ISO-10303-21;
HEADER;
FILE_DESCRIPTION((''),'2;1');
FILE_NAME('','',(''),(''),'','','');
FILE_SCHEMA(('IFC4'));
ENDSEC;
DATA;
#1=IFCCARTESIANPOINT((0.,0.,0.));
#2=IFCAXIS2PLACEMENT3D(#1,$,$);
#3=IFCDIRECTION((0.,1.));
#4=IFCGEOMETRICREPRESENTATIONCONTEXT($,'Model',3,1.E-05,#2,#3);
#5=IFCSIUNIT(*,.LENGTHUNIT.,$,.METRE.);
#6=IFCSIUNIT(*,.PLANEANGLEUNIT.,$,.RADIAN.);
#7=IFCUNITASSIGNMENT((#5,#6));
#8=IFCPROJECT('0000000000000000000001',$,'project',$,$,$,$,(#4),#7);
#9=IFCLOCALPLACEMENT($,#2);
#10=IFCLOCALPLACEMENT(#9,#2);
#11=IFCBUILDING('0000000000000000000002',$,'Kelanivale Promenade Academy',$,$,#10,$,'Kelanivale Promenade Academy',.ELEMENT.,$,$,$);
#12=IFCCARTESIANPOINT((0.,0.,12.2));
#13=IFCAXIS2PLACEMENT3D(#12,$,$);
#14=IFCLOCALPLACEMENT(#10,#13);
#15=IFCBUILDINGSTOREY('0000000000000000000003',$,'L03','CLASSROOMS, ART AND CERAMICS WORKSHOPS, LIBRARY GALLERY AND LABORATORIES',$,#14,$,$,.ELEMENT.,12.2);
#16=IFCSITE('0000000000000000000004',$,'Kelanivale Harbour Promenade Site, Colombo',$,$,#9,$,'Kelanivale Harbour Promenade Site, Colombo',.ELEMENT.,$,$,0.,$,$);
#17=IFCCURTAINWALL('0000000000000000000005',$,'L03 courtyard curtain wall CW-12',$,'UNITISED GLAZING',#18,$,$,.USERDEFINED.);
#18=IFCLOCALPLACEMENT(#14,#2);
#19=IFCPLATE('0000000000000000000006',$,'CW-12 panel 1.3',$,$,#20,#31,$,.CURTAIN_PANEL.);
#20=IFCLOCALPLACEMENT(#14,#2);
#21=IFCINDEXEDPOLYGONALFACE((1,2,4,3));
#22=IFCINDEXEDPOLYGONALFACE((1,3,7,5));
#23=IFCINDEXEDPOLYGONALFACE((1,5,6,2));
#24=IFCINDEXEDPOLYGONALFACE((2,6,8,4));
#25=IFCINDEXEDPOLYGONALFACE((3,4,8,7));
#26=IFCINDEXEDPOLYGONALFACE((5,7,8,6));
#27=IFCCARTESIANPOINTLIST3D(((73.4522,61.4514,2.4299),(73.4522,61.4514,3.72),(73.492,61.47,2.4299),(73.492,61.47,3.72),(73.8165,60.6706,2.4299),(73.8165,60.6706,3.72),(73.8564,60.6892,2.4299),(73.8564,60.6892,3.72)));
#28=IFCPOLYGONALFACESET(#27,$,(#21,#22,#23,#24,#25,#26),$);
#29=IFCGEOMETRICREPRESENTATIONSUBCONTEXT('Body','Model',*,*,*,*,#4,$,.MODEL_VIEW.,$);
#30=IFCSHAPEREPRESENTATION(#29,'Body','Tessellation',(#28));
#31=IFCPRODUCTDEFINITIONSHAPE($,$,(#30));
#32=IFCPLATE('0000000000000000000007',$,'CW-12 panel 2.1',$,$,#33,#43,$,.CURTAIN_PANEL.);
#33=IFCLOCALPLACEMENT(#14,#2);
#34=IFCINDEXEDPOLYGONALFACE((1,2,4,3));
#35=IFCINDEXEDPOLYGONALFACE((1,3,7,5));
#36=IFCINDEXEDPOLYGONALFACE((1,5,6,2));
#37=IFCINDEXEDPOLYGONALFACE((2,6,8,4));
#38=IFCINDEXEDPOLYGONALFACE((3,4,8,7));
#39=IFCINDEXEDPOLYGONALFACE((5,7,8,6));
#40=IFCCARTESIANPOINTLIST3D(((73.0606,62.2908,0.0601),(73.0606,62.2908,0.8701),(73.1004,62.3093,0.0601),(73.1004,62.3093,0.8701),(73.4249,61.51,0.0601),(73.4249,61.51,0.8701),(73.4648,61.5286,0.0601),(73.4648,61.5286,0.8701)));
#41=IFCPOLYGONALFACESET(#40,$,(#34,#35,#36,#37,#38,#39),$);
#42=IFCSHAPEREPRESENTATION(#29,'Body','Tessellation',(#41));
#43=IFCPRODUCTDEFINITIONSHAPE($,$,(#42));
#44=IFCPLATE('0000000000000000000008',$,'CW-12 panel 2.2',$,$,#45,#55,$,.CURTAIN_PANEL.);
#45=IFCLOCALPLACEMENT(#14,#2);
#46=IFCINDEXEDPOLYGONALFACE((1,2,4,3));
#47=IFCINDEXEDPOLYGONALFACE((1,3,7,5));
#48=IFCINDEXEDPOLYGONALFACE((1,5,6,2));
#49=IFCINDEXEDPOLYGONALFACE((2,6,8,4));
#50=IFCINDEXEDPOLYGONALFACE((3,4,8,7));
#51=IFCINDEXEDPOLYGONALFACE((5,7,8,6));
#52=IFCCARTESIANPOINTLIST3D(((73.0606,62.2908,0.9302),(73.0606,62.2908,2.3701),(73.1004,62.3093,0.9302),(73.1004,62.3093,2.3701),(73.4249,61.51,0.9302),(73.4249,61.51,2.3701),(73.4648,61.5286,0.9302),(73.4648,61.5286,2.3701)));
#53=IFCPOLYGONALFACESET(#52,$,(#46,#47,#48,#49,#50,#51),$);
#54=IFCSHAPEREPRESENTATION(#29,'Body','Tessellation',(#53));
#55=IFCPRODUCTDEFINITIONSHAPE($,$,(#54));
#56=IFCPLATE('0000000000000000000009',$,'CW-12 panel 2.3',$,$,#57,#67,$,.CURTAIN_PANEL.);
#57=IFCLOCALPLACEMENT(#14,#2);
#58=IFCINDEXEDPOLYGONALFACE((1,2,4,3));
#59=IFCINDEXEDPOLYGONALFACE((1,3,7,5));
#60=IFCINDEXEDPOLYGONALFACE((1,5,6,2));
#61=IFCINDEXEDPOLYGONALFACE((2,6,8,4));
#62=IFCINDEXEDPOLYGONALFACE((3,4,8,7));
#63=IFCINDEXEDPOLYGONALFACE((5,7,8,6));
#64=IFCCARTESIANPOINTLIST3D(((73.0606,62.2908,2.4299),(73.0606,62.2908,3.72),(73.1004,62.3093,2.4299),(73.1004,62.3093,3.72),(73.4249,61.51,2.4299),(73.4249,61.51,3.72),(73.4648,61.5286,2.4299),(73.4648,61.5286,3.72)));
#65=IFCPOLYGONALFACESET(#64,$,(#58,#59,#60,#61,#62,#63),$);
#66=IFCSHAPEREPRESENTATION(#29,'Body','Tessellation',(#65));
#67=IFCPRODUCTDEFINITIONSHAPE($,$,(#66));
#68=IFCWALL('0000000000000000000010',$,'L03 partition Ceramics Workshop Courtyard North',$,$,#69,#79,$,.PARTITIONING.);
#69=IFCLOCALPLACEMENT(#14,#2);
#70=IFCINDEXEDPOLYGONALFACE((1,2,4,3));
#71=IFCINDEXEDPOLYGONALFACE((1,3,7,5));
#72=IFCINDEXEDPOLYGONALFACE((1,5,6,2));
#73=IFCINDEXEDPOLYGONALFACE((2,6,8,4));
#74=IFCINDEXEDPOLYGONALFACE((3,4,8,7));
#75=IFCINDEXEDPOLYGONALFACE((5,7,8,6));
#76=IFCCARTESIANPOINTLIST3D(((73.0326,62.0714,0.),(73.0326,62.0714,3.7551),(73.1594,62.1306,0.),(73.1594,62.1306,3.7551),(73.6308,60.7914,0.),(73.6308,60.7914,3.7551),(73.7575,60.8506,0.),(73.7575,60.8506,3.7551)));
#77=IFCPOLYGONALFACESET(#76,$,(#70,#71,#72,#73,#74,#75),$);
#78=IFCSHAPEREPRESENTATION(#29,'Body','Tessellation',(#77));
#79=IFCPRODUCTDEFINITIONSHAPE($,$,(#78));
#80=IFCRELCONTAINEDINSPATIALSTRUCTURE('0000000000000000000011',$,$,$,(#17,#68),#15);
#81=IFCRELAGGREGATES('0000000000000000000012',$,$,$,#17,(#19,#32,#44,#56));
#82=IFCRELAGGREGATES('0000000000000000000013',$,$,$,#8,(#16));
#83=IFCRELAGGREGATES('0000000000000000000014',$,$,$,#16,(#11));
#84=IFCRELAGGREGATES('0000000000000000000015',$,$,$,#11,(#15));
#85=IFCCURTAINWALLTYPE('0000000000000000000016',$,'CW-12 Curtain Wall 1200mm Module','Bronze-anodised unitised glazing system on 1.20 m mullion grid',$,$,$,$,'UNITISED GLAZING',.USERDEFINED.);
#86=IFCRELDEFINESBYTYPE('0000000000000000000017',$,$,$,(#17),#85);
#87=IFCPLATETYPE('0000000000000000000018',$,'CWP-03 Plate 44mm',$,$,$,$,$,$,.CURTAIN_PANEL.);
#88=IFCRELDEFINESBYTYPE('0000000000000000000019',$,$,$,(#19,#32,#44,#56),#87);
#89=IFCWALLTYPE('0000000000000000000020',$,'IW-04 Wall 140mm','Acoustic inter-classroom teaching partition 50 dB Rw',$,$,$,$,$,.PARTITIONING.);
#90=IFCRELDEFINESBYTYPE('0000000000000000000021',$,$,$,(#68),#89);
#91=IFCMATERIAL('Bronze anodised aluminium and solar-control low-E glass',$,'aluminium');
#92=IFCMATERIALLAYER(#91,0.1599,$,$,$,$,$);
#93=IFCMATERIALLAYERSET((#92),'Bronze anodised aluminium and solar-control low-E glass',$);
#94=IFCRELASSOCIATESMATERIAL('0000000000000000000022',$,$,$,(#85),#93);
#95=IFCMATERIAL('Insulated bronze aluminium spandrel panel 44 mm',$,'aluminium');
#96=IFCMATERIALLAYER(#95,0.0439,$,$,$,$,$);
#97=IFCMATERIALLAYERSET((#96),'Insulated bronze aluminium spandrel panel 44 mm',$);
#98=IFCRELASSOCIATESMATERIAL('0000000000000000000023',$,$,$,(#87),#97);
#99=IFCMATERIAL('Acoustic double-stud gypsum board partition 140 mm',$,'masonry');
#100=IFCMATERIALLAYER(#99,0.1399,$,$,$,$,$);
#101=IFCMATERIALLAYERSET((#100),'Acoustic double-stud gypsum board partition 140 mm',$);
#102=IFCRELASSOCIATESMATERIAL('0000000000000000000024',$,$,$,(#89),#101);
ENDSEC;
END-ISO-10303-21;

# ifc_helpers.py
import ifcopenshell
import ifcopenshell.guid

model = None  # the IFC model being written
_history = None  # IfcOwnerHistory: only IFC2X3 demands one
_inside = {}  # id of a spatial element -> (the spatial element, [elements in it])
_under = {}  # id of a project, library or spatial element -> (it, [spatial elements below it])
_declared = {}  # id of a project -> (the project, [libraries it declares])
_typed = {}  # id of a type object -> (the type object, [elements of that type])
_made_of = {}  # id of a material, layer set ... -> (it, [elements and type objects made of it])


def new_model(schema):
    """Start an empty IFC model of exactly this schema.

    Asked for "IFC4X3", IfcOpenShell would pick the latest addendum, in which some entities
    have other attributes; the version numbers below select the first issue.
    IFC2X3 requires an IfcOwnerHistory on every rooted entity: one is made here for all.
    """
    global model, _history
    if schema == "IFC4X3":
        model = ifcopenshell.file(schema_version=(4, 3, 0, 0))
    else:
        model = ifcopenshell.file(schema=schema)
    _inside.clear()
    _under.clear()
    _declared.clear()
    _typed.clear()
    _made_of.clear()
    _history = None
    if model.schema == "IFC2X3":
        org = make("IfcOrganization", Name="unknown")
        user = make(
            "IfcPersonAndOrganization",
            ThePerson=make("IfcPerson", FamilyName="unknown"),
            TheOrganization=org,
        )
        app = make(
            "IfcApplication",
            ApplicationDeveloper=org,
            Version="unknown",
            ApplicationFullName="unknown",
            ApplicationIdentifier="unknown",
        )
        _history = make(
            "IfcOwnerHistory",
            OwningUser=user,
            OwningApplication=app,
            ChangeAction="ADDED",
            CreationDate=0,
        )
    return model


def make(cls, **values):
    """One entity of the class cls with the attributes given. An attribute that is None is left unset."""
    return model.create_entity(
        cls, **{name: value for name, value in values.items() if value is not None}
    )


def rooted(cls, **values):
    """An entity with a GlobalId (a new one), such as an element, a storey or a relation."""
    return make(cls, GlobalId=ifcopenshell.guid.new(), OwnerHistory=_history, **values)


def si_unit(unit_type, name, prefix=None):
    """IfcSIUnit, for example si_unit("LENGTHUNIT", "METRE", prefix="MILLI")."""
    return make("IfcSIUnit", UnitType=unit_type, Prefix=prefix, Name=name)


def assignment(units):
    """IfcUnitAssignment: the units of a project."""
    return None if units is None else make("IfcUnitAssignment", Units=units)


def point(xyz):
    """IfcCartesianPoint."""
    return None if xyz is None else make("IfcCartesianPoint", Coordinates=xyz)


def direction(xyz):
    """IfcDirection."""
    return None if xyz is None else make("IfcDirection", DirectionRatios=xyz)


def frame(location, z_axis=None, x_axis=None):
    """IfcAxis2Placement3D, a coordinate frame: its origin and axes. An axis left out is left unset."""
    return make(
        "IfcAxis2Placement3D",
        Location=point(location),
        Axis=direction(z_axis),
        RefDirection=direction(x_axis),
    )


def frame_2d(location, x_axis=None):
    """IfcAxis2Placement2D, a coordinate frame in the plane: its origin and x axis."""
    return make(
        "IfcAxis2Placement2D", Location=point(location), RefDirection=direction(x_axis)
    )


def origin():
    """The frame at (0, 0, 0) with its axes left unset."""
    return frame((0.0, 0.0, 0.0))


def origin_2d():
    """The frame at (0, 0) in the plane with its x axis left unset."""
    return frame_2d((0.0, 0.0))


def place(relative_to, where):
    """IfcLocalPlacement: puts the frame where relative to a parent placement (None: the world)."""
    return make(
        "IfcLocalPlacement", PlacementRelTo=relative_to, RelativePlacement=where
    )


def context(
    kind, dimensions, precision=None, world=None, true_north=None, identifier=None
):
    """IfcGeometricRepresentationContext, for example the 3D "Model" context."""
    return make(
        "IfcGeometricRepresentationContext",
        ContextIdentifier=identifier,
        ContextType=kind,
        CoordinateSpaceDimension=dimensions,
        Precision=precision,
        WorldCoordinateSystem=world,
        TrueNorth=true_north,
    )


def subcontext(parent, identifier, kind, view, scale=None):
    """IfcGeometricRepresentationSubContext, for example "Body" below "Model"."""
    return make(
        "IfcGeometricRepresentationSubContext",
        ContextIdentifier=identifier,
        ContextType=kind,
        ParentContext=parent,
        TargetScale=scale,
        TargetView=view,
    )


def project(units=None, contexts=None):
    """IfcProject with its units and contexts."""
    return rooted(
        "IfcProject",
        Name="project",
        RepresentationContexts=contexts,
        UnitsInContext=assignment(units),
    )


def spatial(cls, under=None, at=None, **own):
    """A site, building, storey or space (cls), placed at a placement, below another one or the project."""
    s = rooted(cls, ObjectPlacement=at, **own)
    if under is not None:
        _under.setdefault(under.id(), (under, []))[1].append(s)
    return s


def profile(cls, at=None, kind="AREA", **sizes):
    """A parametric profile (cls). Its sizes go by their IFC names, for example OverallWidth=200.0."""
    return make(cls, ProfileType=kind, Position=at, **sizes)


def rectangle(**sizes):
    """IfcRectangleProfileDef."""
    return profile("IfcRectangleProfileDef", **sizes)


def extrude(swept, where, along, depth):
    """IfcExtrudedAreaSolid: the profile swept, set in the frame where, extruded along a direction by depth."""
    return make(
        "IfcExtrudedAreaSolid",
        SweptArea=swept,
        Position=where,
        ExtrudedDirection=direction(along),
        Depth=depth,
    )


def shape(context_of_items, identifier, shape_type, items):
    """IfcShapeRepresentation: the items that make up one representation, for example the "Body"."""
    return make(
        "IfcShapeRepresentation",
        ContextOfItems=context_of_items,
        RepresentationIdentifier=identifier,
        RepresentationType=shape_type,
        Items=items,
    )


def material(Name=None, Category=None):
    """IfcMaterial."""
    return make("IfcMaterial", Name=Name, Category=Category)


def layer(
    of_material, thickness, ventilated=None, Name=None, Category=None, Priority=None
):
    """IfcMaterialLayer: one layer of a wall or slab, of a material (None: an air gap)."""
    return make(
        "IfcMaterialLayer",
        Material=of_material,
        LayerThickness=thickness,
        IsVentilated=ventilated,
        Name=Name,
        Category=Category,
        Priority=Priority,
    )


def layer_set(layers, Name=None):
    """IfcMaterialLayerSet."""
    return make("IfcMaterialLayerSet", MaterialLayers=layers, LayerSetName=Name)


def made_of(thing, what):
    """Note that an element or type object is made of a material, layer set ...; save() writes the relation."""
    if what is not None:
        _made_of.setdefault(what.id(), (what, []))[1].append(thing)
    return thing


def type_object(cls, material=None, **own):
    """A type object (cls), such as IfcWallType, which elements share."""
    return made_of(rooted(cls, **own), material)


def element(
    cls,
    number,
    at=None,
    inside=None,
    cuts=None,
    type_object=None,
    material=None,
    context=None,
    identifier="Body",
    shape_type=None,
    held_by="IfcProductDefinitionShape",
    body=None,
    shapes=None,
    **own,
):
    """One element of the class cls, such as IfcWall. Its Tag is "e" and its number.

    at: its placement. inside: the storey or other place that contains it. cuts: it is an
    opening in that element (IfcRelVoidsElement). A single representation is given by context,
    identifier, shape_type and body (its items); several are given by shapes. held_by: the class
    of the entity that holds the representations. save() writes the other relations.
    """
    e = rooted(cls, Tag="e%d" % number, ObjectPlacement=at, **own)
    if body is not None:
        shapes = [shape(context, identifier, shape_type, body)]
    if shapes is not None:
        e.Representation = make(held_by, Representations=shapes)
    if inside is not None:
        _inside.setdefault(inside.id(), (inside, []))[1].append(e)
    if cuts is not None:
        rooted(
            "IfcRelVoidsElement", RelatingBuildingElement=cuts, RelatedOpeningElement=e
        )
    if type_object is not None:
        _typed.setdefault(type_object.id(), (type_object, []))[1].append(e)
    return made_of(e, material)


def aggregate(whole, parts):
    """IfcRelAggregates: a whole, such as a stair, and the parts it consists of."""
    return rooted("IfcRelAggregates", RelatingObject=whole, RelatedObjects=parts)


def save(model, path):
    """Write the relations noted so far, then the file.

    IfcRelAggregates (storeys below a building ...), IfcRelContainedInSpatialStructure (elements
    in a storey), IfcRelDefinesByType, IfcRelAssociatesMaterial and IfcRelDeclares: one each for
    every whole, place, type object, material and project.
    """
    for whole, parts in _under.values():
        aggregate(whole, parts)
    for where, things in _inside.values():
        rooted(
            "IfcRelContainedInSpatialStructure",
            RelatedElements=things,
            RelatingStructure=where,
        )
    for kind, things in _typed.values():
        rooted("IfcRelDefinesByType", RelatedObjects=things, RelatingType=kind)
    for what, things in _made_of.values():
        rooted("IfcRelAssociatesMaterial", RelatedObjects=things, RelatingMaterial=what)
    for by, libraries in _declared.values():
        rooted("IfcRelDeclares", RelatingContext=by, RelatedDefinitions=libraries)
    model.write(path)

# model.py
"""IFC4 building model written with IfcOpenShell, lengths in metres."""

from ifc_helpers import new_model, si_unit, direction, frame, frame_2d, origin, origin_2d, place, context, subcontext, project, spatial, rectangle, extrude, material, layer, layer_set, type_object, element, aggregate, save


model = new_model("IFC4")

# Units and contexts
model_context = context("Model", 3, precision=1e-05, world=origin(), true_north=direction((0.0, 1.0)))
body_context = subcontext(model_context, "Body", "Model", "MODEL_VIEW")
ifc_project = project(units=[si_unit("LENGTHUNIT", "METRE"), si_unit("PLANEANGLEUNIT", "RADIAN")], contexts=[model_context])

# Site, building, storey
site_placement = place(None, origin())
site = spatial("IfcSite", under=ifc_project, at=site_placement, Name="Kelanivale Harbour Promenade Site, Colombo", LongName="Kelanivale Harbour Promenade Site, Colombo", CompositionType="ELEMENT", RefElevation=0.0)
building_placement = place(site_placement, origin())
building = spatial("IfcBuilding", under=site, at=building_placement, Name="Kelanivale Promenade Academy", LongName="Kelanivale Promenade Academy", CompositionType="ELEMENT")
storey_placement = place(building_placement, frame((0.0, 0.0, 12.2)))
storey = spatial("IfcBuildingStorey", under=building, at=storey_placement, Name="L03", Description="CLASSROOMS, ART AND CERAMICS WORKSHOPS, LIBRARY GALLERY AND LABORATORIES", CompositionType="ELEMENT", Elevation=12.2)

# Curtain wall
ifc_material_1 = material(Name="Bronze anodised aluminium and solar-control low-E glass", Category="aluminium")
ifc_layer_1 = layer(ifc_material_1, 0.1599)
ifc_layer_set_1 = layer_set([ifc_layer_1], Name="Bronze anodised aluminium and solar-control low-E glass")
curtain_wall_type_1 = type_object("IfcCurtainWallType", Name="CW-12 Curtain Wall 1200mm Module", Description="Bronze-anodised unitised glazing system on 1.20 m mullion grid", ElementType="UNITISED GLAZING", PredefinedType="USERDEFINED", material=ifc_layer_set_1)
curtain_wall_1_placement = place(storey_placement, origin())
curtain_wall_1 = element("IfcCurtainWall", 1, at=curtain_wall_1_placement, inside=storey, type_object=curtain_wall_type_1, Name="L03 courtyard curtain wall CW-12", ObjectType="UNITISED GLAZING", PredefinedType="USERDEFINED")

# Plates
ifc_material_2 = material(Name="Insulated bronze aluminium spandrel panel 44 mm", Category="aluminium")
ifc_layer_2 = layer(ifc_material_2, 0.0439)
ifc_layer_set_2 = layer_set([ifc_layer_2], Name="Insulated bronze aluminium spandrel panel 44 mm")
plate_type_1 = type_object("IfcPlateType", Name="CWP-03 Plate 44mm", PredefinedType="CURTAIN_PANEL", material=ifc_layer_set_2)
plate_1_placement = place(storey_placement, frame((73.6543, 61.0703, 2.4299), z_axis=(0.0, 0.0, 1.0), x_axis=(-0.422857, 0.906196, 0.0)))
plate_1 = element("IfcPlate", 2, at=plate_1_placement, type_object=plate_type_1, Name="CW-12 panel 1.3", PredefinedType="CURTAIN_PANEL", context=body_context, shape_type="SweptSolid", body=[
    extrude(rectangle(XDim=0.8616, YDim=0.0439, at=origin_2d()), origin(), (0.0, 0.0, 1.0), 1.29),
])
plate_2_placement = place(storey_placement, frame((73.2627, 61.9097, 0.0601), z_axis=(0.0, 0.0, 1.0), x_axis=(-0.422857, 0.906196, 0.0)))
plate_2 = element("IfcPlate", 3, at=plate_2_placement, type_object=plate_type_1, Name="CW-12 panel 2.1", PredefinedType="CURTAIN_PANEL", context=body_context, shape_type="SweptSolid", body=[
    extrude(rectangle(XDim=0.8616, YDim=0.0439, at=origin_2d()), origin(), (0.0, 0.0, 1.0), 0.8101),
])
plate_3_placement = place(storey_placement, frame((73.2627, 61.9097, 0.9302), z_axis=(0.0, 0.0, 1.0), x_axis=(-0.422857, 0.906196, 0.0)))
plate_3 = element("IfcPlate", 4, at=plate_3_placement, type_object=plate_type_1, Name="CW-12 panel 2.2", PredefinedType="CURTAIN_PANEL", context=body_context, shape_type="SweptSolid", body=[
    extrude(rectangle(XDim=0.8616, YDim=0.0439, at=origin_2d()), origin(), (0.0, 0.0, 1.0), 1.4399),
])
plate_4_placement = place(storey_placement, frame((73.2627, 61.9097, 2.4299), z_axis=(0.0, 0.0, 1.0), x_axis=(-0.422857, 0.906196, 0.0)))
plate_4 = element("IfcPlate", 5, at=plate_4_placement, type_object=plate_type_1, Name="CW-12 panel 2.3", PredefinedType="CURTAIN_PANEL", context=body_context, shape_type="SweptSolid", body=[
    extrude(rectangle(XDim=0.8616, YDim=0.0439, at=origin_2d()), origin(), (0.0, 0.0, 1.0), 1.29),
])
aggregate(curtain_wall_1, [plate_1, plate_2, plate_3, plate_4])

# Wall
ifc_material_3 = material(Name="Acoustic double-stud gypsum board partition 140 mm", Category="masonry")
ifc_layer_3 = layer(ifc_material_3, 0.1399)
ifc_layer_set_3 = layer_set([ifc_layer_3], Name="Acoustic double-stud gypsum board partition 140 mm")
wall_type = type_object("IfcWallType", Name="IW-04 Wall 140mm", Description="Acoustic inter-classroom teaching partition 50 dB Rw", PredefinedType="PARTITIONING", material=ifc_layer_set_3)
wall_placement = place(storey_placement, frame((73.0959, 62.1011, 0.0), z_axis=(0.0, 0.0, 1.0), x_axis=(0.423349, -0.905967, 0.0)))
element("IfcWall", 6, at=wall_placement, inside=storey, type_object=wall_type, Name="L03 partition Ceramics Workshop Courtyard North", PredefinedType="PARTITIONING", context=body_context, shape_type="SweptSolid", body=[
    extrude(rectangle(XDim=1.4128, YDim=0.1399, at=frame_2d((0.7065, 0.0))), origin(), (0.0, 0.0, 1.0), 3.7551),
])

save(model, "model.ifc")
